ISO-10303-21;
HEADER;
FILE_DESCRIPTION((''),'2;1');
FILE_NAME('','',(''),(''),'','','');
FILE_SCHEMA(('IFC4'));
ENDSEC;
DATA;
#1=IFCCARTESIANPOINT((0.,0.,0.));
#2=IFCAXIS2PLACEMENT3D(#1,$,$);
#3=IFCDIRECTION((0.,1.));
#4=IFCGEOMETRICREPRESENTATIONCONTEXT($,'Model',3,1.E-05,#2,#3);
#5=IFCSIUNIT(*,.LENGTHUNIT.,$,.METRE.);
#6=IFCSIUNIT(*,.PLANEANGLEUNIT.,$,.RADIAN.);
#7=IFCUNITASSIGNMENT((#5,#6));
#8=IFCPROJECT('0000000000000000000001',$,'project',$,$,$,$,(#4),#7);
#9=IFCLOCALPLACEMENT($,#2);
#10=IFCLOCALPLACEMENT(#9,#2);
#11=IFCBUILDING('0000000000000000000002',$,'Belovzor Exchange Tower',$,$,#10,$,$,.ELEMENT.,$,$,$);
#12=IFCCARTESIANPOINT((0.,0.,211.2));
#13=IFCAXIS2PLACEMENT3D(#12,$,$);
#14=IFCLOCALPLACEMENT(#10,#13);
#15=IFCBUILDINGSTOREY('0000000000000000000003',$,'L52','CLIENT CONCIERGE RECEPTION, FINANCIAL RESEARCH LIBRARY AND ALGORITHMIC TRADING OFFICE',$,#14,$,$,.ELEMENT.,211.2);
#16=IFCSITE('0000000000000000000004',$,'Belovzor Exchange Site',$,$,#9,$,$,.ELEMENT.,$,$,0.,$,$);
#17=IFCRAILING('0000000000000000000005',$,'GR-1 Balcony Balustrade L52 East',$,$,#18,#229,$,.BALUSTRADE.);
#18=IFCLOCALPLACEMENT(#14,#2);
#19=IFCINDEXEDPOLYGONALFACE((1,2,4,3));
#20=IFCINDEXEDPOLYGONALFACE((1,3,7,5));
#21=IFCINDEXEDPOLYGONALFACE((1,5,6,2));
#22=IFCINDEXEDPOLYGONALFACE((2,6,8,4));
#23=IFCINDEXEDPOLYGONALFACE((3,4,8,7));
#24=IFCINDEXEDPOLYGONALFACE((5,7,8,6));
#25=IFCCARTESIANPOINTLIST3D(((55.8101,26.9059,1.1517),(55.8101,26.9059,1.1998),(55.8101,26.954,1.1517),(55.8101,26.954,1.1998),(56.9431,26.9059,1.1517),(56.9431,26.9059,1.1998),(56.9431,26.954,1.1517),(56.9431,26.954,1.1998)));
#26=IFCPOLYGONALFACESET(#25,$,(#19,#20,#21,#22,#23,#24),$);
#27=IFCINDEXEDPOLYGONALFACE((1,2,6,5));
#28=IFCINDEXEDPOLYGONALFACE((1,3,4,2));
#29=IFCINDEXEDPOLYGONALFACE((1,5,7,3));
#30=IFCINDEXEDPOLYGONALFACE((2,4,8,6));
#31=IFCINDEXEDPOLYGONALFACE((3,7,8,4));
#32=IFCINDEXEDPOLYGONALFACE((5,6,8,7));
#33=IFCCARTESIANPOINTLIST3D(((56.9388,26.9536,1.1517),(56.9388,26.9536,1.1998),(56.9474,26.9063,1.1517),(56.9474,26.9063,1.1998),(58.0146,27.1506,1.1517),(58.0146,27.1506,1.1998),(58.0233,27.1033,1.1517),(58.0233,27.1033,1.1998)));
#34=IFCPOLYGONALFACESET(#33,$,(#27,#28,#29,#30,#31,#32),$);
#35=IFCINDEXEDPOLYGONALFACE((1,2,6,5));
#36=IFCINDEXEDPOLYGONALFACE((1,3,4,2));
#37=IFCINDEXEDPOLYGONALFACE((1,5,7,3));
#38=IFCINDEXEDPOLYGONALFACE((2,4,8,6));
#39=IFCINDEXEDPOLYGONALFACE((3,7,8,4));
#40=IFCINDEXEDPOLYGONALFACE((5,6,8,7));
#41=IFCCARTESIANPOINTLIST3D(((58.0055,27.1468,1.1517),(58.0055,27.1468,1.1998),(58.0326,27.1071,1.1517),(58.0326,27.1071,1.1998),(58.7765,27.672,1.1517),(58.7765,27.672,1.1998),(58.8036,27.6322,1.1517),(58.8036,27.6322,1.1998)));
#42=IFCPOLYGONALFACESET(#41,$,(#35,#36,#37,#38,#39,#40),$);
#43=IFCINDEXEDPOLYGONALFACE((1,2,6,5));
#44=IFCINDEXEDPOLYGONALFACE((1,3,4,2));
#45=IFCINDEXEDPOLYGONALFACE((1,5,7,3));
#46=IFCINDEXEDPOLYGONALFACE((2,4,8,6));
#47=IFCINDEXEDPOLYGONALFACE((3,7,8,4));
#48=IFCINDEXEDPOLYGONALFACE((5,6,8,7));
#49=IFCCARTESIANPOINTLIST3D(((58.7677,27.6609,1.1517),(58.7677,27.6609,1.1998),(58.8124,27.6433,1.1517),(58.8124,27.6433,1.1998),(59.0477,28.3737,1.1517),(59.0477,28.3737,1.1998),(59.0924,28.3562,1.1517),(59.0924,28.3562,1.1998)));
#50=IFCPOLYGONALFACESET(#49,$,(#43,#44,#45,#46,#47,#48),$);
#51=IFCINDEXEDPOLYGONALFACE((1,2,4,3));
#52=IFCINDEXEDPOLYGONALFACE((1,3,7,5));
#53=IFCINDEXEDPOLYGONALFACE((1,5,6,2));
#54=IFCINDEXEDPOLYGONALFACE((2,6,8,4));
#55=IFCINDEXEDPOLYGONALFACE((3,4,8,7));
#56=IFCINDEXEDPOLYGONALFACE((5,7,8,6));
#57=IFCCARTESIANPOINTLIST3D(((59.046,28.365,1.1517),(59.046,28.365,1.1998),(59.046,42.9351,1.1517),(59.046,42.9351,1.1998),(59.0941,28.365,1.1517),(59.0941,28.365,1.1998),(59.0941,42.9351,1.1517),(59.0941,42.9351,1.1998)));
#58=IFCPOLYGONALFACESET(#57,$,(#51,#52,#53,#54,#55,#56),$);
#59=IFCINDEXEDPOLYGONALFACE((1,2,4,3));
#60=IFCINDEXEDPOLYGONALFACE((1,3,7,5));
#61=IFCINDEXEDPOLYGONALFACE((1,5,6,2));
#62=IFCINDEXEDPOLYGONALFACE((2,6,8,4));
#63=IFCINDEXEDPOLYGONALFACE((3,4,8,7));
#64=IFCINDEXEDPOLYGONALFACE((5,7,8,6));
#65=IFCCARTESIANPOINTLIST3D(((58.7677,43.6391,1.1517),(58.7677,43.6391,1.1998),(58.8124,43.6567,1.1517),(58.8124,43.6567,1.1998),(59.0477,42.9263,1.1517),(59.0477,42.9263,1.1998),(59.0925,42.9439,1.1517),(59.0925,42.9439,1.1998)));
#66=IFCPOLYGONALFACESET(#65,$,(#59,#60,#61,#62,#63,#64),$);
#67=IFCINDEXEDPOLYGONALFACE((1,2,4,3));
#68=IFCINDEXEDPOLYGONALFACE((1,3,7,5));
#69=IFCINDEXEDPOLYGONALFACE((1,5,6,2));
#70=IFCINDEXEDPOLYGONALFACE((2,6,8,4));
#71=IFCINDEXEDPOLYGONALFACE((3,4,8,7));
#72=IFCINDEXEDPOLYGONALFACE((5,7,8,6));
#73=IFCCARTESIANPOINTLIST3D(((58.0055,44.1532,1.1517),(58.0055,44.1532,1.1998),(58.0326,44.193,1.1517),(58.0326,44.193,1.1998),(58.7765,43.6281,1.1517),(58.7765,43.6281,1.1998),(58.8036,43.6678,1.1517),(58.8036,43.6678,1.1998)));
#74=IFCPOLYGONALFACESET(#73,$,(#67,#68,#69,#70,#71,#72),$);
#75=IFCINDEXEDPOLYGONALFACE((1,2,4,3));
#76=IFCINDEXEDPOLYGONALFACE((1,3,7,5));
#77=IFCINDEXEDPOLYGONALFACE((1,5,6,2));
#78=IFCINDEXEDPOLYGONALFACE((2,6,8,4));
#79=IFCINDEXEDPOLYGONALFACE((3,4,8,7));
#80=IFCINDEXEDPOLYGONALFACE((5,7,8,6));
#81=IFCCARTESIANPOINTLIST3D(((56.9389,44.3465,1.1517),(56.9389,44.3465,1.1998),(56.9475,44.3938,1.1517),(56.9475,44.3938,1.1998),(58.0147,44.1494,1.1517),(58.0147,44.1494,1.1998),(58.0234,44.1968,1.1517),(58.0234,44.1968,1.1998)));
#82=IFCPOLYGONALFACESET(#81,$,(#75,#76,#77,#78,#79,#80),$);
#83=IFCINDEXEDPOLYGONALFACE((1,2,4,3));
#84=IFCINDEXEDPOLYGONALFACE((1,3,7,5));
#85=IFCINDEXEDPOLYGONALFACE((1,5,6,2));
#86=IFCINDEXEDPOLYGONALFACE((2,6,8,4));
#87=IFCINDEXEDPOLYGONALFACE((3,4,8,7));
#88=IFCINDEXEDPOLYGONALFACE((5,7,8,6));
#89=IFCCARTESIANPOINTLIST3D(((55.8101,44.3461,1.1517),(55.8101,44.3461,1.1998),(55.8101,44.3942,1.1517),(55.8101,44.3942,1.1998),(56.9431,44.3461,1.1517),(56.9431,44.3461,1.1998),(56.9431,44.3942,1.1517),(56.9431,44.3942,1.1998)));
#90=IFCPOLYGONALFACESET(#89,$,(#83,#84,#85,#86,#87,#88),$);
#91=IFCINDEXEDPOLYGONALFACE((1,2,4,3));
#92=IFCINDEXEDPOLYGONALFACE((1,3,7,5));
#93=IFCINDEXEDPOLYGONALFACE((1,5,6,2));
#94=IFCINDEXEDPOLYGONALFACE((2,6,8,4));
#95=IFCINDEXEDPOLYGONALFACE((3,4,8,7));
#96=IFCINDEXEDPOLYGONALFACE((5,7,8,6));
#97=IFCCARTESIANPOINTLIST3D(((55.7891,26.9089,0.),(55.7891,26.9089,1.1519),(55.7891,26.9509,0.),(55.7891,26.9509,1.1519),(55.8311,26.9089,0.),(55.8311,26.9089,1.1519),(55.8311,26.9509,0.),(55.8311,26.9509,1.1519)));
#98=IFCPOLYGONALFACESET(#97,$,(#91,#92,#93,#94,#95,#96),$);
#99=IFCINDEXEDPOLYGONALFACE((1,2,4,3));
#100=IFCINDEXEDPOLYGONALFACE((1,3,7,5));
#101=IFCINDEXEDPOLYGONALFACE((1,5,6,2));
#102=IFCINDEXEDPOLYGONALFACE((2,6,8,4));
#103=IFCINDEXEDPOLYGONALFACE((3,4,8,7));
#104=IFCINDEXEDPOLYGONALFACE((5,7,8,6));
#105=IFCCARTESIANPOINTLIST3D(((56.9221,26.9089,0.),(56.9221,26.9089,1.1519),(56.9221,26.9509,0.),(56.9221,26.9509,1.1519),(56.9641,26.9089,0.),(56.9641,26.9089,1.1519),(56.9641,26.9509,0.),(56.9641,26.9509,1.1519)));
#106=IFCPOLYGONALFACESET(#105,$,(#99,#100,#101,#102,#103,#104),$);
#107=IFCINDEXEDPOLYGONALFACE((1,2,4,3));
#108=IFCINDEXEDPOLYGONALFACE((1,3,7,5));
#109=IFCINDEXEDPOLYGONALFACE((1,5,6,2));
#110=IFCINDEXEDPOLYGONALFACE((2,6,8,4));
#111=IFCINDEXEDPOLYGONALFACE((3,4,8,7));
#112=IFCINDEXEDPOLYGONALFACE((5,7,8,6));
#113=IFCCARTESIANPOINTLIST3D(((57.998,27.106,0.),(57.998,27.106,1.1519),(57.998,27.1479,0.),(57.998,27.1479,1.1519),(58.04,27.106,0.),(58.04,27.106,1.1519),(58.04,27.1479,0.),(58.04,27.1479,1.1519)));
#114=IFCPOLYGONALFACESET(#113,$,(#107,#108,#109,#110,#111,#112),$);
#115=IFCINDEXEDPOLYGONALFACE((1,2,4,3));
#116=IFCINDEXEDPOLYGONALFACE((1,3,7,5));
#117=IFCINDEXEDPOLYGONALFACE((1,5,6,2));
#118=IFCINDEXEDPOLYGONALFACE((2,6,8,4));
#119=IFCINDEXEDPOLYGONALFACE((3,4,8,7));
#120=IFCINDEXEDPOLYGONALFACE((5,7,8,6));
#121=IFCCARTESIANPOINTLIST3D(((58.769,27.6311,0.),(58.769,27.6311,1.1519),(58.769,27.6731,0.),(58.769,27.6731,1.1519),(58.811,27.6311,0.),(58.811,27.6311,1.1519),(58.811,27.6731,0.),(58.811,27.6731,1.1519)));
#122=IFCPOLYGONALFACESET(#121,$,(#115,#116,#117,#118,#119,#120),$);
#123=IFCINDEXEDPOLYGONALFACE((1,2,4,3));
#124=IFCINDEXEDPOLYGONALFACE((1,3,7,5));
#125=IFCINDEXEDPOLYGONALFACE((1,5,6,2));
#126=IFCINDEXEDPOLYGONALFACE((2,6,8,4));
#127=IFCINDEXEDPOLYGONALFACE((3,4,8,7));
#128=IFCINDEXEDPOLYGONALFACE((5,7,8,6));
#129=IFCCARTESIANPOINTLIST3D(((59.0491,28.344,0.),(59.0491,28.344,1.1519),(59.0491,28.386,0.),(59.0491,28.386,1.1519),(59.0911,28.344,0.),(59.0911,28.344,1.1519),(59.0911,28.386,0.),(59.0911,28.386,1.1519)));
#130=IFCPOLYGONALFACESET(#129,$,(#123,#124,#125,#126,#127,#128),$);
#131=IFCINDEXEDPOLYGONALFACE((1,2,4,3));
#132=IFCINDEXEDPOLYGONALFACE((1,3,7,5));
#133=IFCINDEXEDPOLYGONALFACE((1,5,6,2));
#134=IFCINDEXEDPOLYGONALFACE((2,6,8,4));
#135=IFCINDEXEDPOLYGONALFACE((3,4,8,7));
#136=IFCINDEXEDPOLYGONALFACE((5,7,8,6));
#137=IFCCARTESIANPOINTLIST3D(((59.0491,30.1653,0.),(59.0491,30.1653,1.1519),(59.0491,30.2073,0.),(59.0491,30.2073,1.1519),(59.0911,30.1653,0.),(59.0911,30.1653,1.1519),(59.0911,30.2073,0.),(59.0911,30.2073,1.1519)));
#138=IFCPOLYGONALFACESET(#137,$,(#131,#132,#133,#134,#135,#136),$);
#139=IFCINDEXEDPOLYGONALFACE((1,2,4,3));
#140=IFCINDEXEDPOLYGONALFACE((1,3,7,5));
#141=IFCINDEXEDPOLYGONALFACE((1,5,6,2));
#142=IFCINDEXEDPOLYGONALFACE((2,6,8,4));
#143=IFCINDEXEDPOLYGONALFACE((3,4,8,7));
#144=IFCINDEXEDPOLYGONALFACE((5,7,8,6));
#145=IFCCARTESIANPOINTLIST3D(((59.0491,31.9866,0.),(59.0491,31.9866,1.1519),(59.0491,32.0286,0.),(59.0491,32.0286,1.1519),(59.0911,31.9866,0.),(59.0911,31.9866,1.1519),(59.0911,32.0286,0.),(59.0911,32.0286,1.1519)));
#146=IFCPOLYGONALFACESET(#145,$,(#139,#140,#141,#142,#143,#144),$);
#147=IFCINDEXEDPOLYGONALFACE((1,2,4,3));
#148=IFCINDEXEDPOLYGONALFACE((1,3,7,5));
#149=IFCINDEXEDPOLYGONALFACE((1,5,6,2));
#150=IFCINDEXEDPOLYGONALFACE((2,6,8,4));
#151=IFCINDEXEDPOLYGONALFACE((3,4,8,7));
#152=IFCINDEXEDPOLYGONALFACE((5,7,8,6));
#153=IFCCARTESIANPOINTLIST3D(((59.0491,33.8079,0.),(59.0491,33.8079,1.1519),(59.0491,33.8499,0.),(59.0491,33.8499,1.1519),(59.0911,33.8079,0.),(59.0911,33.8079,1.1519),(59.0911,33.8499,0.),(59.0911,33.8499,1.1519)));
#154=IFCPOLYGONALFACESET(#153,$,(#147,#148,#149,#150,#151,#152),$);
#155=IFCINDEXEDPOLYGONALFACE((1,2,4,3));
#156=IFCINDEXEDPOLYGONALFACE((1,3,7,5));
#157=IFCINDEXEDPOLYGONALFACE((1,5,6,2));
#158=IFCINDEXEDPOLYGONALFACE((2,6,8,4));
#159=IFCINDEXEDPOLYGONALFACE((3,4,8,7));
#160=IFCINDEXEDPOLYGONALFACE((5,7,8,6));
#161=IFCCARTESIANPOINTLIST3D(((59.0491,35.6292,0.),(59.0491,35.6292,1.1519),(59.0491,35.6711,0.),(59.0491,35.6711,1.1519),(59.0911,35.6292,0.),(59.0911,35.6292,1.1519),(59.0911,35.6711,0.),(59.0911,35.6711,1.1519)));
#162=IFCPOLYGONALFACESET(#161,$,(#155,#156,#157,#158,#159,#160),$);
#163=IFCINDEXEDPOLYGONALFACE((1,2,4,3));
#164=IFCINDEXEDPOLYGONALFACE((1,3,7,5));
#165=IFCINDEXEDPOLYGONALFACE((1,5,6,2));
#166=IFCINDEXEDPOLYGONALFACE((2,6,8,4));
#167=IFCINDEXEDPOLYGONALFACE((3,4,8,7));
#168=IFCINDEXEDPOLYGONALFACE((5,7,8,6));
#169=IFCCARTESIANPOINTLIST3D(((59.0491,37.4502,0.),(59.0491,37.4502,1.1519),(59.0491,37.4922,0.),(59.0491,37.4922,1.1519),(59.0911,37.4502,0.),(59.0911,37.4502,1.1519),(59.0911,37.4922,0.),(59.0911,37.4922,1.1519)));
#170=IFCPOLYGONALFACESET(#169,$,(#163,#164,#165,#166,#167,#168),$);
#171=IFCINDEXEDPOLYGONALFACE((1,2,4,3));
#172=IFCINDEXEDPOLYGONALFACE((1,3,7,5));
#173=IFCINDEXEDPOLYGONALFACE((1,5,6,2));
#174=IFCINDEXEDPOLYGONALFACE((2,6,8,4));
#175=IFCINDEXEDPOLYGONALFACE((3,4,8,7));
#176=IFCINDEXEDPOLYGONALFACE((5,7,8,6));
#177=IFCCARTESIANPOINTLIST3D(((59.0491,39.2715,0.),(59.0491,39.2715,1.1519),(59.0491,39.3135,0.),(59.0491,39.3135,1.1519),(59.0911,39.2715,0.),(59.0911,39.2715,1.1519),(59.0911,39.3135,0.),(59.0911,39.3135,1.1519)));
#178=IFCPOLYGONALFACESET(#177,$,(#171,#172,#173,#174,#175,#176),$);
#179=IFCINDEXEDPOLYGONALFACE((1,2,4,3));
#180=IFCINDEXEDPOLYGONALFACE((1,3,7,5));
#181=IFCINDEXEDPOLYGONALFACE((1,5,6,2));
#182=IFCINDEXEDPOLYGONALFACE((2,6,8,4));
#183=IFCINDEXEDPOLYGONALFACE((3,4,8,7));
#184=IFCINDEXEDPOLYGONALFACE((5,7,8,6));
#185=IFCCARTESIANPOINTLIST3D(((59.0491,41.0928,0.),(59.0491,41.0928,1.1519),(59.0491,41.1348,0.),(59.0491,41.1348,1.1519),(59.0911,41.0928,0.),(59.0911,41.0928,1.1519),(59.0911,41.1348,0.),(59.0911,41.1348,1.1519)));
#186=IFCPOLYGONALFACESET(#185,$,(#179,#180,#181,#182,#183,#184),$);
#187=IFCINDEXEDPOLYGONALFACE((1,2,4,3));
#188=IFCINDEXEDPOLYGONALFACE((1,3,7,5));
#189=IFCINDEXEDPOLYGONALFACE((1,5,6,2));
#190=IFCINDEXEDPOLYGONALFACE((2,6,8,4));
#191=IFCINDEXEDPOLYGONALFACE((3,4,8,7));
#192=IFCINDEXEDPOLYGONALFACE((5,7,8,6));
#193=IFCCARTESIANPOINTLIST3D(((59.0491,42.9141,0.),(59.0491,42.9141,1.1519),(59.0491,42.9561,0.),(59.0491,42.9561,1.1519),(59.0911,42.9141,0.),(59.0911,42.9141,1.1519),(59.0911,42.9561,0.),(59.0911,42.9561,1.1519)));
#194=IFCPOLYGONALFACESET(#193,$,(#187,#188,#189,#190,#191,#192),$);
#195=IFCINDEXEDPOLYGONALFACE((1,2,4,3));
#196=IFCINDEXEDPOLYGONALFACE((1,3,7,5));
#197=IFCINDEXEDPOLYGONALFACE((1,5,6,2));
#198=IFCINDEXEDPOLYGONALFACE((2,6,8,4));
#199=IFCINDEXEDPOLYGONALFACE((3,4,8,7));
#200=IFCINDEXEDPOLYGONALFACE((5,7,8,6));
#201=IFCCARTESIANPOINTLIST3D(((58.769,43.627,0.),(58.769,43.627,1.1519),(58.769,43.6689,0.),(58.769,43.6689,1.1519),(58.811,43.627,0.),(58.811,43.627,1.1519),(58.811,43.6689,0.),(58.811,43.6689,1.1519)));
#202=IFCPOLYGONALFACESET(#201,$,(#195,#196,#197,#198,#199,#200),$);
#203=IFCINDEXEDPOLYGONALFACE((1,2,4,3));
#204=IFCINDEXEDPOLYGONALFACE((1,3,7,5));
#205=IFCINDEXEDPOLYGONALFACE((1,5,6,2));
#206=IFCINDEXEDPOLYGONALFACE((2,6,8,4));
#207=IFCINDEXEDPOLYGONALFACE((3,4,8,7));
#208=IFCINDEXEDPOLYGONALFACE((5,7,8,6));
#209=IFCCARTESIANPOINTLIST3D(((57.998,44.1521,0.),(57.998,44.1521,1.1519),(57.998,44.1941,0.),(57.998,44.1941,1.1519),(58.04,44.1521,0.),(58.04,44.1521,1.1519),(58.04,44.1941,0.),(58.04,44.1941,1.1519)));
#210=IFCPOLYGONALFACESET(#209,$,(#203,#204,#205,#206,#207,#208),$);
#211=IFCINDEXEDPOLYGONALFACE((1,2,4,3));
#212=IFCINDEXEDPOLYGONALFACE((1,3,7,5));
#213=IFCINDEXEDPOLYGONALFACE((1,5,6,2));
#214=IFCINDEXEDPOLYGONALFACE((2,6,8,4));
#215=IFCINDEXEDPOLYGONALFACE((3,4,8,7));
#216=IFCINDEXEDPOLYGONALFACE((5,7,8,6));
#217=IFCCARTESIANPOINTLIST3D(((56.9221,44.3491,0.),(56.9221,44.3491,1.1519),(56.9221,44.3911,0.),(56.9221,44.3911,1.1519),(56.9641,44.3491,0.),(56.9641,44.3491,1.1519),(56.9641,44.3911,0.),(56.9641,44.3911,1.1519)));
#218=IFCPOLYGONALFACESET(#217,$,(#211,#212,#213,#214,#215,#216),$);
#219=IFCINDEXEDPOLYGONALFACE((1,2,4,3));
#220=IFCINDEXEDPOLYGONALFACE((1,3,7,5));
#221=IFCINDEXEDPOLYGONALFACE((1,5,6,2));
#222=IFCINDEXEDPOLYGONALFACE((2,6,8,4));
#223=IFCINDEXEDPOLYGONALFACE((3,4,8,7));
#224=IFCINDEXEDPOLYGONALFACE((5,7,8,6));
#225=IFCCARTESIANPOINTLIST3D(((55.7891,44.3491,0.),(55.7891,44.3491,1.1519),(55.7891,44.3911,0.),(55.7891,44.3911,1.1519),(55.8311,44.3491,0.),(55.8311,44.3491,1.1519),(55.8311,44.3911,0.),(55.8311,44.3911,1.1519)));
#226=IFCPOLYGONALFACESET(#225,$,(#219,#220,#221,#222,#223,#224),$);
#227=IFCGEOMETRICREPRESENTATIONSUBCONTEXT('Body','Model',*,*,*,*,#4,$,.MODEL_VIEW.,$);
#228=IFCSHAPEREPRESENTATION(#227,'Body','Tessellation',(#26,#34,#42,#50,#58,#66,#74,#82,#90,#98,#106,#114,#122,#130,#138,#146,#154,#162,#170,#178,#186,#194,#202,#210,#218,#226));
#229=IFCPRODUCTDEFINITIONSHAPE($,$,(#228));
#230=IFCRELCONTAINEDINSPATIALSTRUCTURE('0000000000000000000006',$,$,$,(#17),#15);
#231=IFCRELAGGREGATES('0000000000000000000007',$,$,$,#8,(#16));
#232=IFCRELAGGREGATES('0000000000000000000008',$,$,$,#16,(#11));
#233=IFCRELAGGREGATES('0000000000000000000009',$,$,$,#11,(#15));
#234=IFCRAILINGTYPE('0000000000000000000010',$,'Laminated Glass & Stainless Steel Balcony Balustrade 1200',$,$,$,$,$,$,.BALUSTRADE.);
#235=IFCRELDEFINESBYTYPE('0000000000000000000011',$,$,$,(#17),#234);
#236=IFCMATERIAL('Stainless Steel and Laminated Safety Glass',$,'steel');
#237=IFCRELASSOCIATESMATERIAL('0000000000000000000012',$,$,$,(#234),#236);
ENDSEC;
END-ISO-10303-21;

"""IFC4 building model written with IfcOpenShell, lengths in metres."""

from ifc_helpers import new_model, si_unit, direction, frame, origin, origin_2d, place, context, subcontext, project, spatial, rectangle, extrude, material, type_object, element, save


model = new_model("IFC4")

# Units and contexts
model_context = context("Model", 3, precision=1e-05, world=origin(), true_north=direction((0.0, 1.0)))
body_context = subcontext(model_context, "Body", "Model", "MODEL_VIEW")
ifc_project = project(units=[si_unit("LENGTHUNIT", "METRE"), si_unit("PLANEANGLEUNIT", "RADIAN")], contexts=[model_context])

# Site, building, storey
site_placement = place(None, origin())
site = spatial("IfcSite", under=ifc_project, at=site_placement, Name="Belovzor Exchange Site", CompositionType="ELEMENT", RefElevation=0.0)
building_placement = place(site_placement, origin())
building = spatial("IfcBuilding", under=site, at=building_placement, Name="Belovzor Exchange Tower", CompositionType="ELEMENT")
storey_placement = place(building_placement, frame((0.0, 0.0, 211.2)))
storey = spatial("IfcBuildingStorey", under=building, at=storey_placement, Name="L52", Description="CLIENT CONCIERGE RECEPTION, FINANCIAL RESEARCH LIBRARY AND ALGORITHMIC TRADING OFFICE", CompositionType="ELEMENT", Elevation=211.2)

# Railing
ifc_material_1 = material(Name="Stainless Steel and Laminated Safety Glass", Category="steel")
railing_type = type_object("IfcRailingType", Name="Laminated Glass & Stainless Steel Balcony Balustrade 1200", PredefinedType="BALUSTRADE", material=ifc_material_1)
railing_placement = place(storey_placement, frame((55.8101, 26.9299, 0.0)))
element("IfcRailing", 1, at=railing_placement, inside=storey, type_object=railing_type, Name="GR-1 Balcony Balustrade L52 East", PredefinedType="BALUSTRADE", context=body_context, shape_type="SweptSolid", body=[
    extrude(rectangle(XDim=0.0481, YDim=0.0481, at=origin_2d()), frame((0.0, 0.0, 1.1758), z_axis=(1.0, 0.0, 0.0), x_axis=(0.0, 1.0, 0.0)), (0.0, 0.0, 1.0), 1.1331),
    extrude(rectangle(XDim=0.0481, YDim=0.0481, at=origin_2d()), frame((1.1331, 0.0, 1.1758), z_axis=(0.983644, 0.180123, 0.0), x_axis=(-0.180123, 0.983644, 0.0)), (0.0, 0.0, 1.0), 1.0938),
    extrude(rectangle(XDim=0.0481, YDim=0.0481, at=origin_2d()), frame((2.209, 0.197, 1.1758), z_axis=(0.826493, 0.562947, 0.0), x_axis=(-0.562947, 0.826493, 0.0)), (0.0, 0.0, 1.0), 0.9329),
    extrude(rectangle(XDim=0.0481, YDim=0.0481, at=origin_2d()), frame((2.98, 0.7222, 1.1758), z_axis=(0.365613, 0.930767, 0.0), x_axis=(-0.930767, 0.365613, 0.0)), (0.0, 0.0, 1.0), 0.7659),
    extrude(rectangle(XDim=0.0481, YDim=0.0481, at=origin_2d()), frame((3.26, 1.4351, 1.1758), z_axis=(0.0, 1.0, 0.0), x_axis=(-1.0, 0.0, 0.0)), (0.0, 0.0, 1.0), 14.5701),
    extrude(rectangle(XDim=0.0481, YDim=0.0481, at=origin_2d()), frame((3.26, 16.0051, 1.1758), z_axis=(-0.365613, 0.930767, 0.0), x_axis=(-0.930767, -0.365613, 0.0)), (0.0, 0.0, 1.0), 0.7659),
    extrude(rectangle(XDim=0.0481, YDim=0.0481, at=origin_2d()), frame((2.98, 16.718, 1.1758), z_axis=(-0.826493, 0.562947, 0.0), x_axis=(-0.562947, -0.826493, 0.0)), (0.0, 0.0, 1.0), 0.9329),
    extrude(rectangle(XDim=0.0481, YDim=0.0481, at=origin_2d()), frame((2.209, 17.2432, 1.1758), z_axis=(-0.983644, 0.180123, 0.0), x_axis=(-0.180123, -0.983644, 0.0)), (0.0, 0.0, 1.0), 1.0938),
    extrude(rectangle(XDim=0.0481, YDim=0.0481, at=origin_2d()), frame((1.1331, 17.4402, 1.1758), z_axis=(-1.0, 0.0, 0.0), x_axis=(0.0, -1.0, 0.0)), (0.0, 0.0, 1.0), 1.1331),
    extrude(rectangle(XDim=0.042, YDim=0.042, at=origin_2d()), origin(), (0.0, 0.0, 1.0), 1.1519),
    extrude(rectangle(XDim=0.042, YDim=0.042, at=origin_2d()), frame((1.1331, 0.0, 0.0)), (0.0, 0.0, 1.0), 1.1519),
    extrude(rectangle(XDim=0.042, YDim=0.042, at=origin_2d()), frame((2.209, 0.197, 0.0)), (0.0, 0.0, 1.0), 1.1519),
    extrude(rectangle(XDim=0.042, YDim=0.042, at=origin_2d()), frame((2.98, 0.7222, 0.0)), (0.0, 0.0, 1.0), 1.1519),
    extrude(rectangle(XDim=0.042, YDim=0.042, at=origin_2d()), frame((3.26, 1.4351, 0.0)), (0.0, 0.0, 1.0), 1.1519),
    extrude(rectangle(XDim=0.042, YDim=0.042, at=origin_2d()), frame((3.26, 3.2563, 0.0)), (0.0, 0.0, 1.0), 1.1519),
    extrude(rectangle(XDim=0.042, YDim=0.042, at=origin_2d()), frame((3.26, 5.0776, 0.0)), (0.0, 0.0, 1.0), 1.1519),
    extrude(rectangle(XDim=0.042, YDim=0.042, at=origin_2d()), frame((3.26, 6.8989, 0.0)), (0.0, 0.0, 1.0), 1.1519),
    extrude(rectangle(XDim=0.042, YDim=0.042, at=origin_2d()), frame((3.26, 8.7202, 0.0)), (0.0, 0.0, 1.0), 1.1519),
    extrude(rectangle(XDim=0.042, YDim=0.042, at=origin_2d()), frame((3.26, 10.5413, 0.0)), (0.0, 0.0, 1.0), 1.1519),
    extrude(rectangle(XDim=0.042, YDim=0.042, at=origin_2d()), frame((3.26, 12.3625, 0.0)), (0.0, 0.0, 1.0), 1.1519),
    extrude(rectangle(XDim=0.042, YDim=0.042, at=origin_2d()), frame((3.26, 14.1838, 0.0)), (0.0, 0.0, 1.0), 1.1519),
    extrude(rectangle(XDim=0.042, YDim=0.042, at=origin_2d()), frame((3.26, 16.0051, 0.0)), (0.0, 0.0, 1.0), 1.1519),
    extrude(rectangle(XDim=0.042, YDim=0.042, at=origin_2d()), frame((2.98, 16.718, 0.0)), (0.0, 0.0, 1.0), 1.1519),
    extrude(rectangle(XDim=0.042, YDim=0.042, at=origin_2d()), frame((2.209, 17.2432, 0.0)), (0.0, 0.0, 1.0), 1.1519),
    extrude(rectangle(XDim=0.042, YDim=0.042, at=origin_2d()), frame((1.1331, 17.4402, 0.0)), (0.0, 0.0, 1.0), 1.1519),
    extrude(rectangle(XDim=0.042, YDim=0.042, at=origin_2d()), frame((0.0, 17.4402, 0.0)), (0.0, 0.0, 1.0), 1.1519),
])

save(model, "model.ifc")
